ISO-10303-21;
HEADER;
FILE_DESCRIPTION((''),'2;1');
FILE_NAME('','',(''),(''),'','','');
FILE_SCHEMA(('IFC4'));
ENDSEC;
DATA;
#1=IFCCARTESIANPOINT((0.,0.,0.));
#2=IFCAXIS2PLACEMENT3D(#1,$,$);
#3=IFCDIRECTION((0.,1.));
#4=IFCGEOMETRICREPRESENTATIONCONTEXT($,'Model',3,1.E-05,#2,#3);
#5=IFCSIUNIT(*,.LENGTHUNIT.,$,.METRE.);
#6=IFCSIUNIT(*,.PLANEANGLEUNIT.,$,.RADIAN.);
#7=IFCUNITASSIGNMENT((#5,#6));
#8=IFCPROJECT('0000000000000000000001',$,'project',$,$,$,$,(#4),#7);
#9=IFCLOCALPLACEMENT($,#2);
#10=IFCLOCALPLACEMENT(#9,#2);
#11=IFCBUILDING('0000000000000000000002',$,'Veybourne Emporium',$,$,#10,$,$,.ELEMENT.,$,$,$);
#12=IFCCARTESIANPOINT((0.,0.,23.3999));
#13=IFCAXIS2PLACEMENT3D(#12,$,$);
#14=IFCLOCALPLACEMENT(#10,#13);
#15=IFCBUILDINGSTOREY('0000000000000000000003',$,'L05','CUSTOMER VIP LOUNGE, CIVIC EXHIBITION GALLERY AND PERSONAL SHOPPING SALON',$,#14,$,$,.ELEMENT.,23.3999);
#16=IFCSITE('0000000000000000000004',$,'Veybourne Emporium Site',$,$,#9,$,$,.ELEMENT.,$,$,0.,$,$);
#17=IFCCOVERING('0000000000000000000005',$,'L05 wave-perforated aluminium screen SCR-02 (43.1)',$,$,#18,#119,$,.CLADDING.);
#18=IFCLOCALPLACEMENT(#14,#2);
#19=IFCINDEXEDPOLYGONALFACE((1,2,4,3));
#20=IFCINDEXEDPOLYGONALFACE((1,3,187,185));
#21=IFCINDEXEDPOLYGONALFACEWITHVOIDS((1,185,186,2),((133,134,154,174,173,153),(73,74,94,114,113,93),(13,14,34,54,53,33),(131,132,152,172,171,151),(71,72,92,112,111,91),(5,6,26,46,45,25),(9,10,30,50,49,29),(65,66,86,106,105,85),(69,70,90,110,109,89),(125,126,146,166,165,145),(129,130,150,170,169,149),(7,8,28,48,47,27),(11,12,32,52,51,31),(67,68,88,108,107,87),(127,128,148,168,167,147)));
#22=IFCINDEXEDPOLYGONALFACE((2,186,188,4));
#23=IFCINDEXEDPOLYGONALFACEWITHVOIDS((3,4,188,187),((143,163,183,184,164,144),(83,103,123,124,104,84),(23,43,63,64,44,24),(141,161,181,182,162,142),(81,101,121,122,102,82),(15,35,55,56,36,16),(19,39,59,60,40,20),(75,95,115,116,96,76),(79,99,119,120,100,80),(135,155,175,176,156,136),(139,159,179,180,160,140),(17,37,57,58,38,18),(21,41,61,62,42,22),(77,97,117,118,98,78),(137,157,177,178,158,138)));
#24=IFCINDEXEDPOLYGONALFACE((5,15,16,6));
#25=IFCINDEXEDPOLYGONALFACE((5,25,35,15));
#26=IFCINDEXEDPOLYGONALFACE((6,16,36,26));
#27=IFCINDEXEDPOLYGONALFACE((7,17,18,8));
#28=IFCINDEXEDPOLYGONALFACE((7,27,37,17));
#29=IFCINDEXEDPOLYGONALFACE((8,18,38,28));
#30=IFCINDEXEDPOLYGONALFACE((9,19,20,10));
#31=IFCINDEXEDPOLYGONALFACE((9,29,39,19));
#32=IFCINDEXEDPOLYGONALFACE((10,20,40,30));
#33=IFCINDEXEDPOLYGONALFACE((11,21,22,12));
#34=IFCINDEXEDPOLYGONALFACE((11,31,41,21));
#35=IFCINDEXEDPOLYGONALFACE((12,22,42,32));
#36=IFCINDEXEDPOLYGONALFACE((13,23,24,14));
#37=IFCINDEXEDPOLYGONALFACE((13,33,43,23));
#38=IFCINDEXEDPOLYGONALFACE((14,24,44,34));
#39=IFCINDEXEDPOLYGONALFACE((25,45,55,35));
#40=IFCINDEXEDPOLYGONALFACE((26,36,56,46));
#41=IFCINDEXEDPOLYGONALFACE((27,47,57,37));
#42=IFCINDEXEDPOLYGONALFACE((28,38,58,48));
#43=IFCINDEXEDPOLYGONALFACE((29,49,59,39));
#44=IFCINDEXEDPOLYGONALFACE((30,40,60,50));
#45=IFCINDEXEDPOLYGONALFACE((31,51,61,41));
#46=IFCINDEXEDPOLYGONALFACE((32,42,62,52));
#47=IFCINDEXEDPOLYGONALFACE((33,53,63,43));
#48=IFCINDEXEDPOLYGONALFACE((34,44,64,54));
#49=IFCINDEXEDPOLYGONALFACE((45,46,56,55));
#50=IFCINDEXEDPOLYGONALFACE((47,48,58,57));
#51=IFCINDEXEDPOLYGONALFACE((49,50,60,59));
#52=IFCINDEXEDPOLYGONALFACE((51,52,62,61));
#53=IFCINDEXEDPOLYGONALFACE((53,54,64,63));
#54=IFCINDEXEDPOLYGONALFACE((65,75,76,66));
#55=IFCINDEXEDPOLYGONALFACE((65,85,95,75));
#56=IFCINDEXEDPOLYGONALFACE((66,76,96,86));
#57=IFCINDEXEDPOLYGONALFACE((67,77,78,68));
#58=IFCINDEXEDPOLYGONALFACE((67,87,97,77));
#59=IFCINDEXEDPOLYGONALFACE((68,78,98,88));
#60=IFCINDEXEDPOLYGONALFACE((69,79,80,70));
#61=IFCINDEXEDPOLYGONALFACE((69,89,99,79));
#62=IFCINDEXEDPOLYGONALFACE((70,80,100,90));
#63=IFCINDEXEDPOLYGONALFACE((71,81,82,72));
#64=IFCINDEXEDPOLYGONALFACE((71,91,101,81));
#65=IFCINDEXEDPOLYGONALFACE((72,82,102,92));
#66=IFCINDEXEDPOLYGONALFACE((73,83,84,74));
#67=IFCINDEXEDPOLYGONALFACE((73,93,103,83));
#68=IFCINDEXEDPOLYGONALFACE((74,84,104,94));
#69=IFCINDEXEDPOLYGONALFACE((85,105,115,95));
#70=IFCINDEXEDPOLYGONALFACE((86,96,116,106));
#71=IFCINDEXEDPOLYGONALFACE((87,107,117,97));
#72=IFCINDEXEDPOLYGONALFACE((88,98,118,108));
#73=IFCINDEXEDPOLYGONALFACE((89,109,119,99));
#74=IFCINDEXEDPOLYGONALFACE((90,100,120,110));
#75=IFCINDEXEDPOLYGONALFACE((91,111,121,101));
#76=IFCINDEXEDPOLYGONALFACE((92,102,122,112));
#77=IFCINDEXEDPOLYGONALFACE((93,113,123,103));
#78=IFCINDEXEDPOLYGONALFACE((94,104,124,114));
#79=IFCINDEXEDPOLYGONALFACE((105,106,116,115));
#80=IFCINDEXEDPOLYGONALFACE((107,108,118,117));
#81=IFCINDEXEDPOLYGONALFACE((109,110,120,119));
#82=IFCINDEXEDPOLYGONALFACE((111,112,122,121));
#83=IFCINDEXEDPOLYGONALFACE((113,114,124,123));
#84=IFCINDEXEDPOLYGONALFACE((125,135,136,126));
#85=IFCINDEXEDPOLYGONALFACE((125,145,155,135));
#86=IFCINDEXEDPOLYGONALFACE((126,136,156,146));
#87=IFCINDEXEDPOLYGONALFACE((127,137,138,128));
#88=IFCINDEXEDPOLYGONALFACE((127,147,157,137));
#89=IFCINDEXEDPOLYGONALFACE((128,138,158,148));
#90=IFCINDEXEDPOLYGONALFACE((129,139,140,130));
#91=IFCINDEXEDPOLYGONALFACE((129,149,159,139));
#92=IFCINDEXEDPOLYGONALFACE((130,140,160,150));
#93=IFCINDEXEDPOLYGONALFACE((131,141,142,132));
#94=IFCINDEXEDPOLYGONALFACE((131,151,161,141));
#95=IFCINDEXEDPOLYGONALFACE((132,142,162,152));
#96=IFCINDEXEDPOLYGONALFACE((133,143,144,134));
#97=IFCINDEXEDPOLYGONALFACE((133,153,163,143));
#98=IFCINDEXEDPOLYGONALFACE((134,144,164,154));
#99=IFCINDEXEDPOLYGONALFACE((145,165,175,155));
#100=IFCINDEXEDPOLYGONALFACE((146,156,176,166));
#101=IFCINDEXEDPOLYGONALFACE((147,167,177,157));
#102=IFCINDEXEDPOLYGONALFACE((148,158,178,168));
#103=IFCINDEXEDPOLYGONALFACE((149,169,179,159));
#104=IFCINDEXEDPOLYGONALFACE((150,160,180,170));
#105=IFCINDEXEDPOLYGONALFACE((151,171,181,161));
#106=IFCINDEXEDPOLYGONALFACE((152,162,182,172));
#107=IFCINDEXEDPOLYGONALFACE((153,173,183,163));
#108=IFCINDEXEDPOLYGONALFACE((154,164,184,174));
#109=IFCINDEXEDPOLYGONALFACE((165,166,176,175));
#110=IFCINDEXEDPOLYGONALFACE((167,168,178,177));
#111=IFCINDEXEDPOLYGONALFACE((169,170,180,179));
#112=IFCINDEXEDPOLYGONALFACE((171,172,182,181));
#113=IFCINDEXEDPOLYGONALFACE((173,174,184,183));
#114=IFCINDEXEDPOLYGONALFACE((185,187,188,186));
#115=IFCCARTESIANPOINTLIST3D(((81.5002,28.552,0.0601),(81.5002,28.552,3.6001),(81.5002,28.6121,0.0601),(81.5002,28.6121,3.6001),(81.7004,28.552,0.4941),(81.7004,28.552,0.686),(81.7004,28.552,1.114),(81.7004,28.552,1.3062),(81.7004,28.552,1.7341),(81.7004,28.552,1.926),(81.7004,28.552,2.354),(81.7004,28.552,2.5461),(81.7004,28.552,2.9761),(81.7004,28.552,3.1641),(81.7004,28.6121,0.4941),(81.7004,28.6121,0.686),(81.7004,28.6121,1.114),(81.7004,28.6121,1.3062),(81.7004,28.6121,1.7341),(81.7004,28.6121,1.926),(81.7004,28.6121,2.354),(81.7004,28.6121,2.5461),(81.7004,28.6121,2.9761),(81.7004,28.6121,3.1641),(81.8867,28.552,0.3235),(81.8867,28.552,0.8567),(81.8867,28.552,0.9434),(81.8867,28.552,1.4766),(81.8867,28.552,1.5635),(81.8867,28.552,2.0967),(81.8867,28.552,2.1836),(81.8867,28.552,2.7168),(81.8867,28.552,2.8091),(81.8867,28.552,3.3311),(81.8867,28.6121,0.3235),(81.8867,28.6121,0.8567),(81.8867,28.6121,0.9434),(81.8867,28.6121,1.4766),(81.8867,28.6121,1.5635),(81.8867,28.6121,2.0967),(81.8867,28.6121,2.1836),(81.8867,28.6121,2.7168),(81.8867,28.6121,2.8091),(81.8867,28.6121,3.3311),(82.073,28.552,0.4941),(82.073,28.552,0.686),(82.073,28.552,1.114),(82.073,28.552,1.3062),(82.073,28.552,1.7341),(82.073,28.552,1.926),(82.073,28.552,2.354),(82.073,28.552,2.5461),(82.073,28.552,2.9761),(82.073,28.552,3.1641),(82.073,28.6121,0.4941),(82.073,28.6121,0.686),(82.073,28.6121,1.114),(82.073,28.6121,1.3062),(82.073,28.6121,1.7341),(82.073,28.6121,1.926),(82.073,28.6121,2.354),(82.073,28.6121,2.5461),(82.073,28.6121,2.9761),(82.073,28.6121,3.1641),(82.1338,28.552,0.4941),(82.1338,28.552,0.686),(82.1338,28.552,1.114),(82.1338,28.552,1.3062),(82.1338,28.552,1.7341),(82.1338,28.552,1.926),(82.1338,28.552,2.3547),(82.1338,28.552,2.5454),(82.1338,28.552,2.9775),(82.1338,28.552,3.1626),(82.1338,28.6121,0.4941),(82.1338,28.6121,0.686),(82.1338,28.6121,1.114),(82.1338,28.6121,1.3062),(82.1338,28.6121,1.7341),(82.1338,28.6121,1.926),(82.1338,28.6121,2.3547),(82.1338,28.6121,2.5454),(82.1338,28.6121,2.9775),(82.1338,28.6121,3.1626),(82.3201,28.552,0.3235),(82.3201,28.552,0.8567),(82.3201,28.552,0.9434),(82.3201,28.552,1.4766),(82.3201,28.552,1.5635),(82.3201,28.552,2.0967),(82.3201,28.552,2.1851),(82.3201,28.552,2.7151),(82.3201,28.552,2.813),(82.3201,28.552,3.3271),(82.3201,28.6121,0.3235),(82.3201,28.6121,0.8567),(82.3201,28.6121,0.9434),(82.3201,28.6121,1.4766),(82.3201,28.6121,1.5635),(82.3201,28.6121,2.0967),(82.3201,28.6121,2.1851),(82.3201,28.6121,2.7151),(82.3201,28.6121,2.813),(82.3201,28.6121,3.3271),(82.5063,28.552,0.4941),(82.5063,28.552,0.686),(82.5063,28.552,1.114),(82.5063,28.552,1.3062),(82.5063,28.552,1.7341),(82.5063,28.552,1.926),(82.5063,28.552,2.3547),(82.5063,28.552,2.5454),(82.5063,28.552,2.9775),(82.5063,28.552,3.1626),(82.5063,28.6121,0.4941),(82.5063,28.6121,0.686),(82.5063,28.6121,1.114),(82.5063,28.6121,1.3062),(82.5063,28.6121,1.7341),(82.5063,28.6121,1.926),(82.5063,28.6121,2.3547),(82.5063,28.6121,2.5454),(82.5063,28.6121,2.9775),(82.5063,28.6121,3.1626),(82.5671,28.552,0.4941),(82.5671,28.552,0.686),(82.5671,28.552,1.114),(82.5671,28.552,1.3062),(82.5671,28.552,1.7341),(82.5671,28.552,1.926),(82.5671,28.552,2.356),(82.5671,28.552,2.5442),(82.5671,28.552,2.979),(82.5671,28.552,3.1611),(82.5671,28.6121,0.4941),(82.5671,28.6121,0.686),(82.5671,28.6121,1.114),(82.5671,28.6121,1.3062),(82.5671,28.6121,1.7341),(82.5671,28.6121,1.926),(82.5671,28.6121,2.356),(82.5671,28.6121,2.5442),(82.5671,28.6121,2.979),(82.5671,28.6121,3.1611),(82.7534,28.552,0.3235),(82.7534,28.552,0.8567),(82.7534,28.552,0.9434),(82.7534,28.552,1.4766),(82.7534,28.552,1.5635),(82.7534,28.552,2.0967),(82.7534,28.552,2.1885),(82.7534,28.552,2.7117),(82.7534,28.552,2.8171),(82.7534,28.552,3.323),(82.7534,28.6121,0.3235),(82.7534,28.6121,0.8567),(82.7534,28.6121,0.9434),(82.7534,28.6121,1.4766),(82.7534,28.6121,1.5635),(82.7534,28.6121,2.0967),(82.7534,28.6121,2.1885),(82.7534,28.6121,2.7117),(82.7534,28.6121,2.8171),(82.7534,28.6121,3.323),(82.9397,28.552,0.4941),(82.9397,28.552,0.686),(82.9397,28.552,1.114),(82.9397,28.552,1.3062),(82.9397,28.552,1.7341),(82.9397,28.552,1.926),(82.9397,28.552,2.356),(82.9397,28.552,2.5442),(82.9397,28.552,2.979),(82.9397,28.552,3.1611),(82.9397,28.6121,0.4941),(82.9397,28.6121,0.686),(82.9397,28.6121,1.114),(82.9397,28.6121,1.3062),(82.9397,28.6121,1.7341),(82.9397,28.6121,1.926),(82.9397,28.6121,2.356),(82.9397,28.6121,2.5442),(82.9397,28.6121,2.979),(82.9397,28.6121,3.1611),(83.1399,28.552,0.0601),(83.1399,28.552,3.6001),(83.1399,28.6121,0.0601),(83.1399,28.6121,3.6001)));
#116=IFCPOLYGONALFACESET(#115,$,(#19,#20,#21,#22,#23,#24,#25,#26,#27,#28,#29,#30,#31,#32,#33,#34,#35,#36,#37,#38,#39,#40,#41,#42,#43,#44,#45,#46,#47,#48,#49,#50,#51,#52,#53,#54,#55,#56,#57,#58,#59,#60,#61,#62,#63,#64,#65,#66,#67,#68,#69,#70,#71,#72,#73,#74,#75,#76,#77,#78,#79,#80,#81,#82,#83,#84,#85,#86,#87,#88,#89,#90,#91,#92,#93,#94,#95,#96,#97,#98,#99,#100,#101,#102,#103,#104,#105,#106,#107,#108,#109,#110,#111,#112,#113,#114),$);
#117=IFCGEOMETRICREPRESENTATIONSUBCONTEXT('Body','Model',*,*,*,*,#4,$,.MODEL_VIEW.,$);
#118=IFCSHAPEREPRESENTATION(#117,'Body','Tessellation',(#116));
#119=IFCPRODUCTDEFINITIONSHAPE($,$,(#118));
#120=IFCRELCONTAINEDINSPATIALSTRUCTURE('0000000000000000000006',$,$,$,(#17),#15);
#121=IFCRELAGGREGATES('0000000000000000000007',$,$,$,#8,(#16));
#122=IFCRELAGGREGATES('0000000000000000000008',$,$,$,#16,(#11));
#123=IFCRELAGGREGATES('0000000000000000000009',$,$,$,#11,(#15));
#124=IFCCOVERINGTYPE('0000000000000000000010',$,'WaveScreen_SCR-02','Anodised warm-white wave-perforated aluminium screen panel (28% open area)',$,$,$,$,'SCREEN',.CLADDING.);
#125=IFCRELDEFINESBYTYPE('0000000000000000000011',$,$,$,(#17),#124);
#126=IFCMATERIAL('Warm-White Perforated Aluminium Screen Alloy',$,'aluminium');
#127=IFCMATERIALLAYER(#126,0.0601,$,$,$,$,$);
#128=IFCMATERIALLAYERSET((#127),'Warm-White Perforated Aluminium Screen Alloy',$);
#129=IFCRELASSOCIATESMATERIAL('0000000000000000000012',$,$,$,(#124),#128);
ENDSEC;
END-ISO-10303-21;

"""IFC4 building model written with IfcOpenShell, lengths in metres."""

from ifc_helpers import new_model, si_unit, direction, frame, origin, place, context, subcontext, project, spatial, polyline, outline, extrude, material, layer, layer_set, type_object, element, save


model = new_model("IFC4")

# Units and contexts
model_context = context("Model", 3, precision=1e-05, world=origin(), true_north=direction((0.0, 1.0)))
body_context = subcontext(model_context, "Body", "Model", "MODEL_VIEW")
ifc_project = project(units=[si_unit("LENGTHUNIT", "METRE"), si_unit("PLANEANGLEUNIT", "RADIAN")], contexts=[model_context])

# Site, building, storey
site_placement = place(None, origin())
site = spatial("IfcSite", under=ifc_project, at=site_placement, Name="Veybourne Emporium Site", CompositionType="ELEMENT", RefElevation=0.0)
building_placement = place(site_placement, origin())
building = spatial("IfcBuilding", under=site, at=building_placement, Name="Veybourne Emporium", CompositionType="ELEMENT")
storey_placement = place(building_placement, frame((0.0, 0.0, 23.3999)))
storey = spatial("IfcBuildingStorey", under=building, at=storey_placement, Name="L05", Description="CUSTOMER VIP LOUNGE, CIVIC EXHIBITION GALLERY AND PERSONAL SHOPPING SALON", CompositionType="ELEMENT", Elevation=23.3999)

# Covering
ifc_material_1 = material(Name="Warm-White Perforated Aluminium Screen Alloy", Category="aluminium")
ifc_layer_1 = layer(ifc_material_1, 0.0601)
ifc_layer_set_1 = layer_set([ifc_layer_1], Name="Warm-White Perforated Aluminium Screen Alloy")
covering_type_1 = type_object("IfcCoveringType", Name="WaveScreen_SCR-02", Description="Anodised warm-white wave-perforated aluminium screen panel (28% open area)", ElementType="SCREEN", PredefinedType="CLADDING", material=ifc_layer_set_1)
covering_1_placement = place(storey_placement, frame((82.3201, 28.552, 1.8301), z_axis=(0.0, 1.0, 0.0), x_axis=(-1.0, 0.0, 0.0)))
element("IfcCovering", 1, at=covering_1_placement, inside=storey, type_object=covering_type_1, Name="L05 wave-perforated aluminium screen SCR-02 (43.1)", PredefinedType="CLADDING", context=body_context, shape_type="SweptSolid", body=[
    extrude(outline(polyline([(-0.8198, -1.77), (0.8198, -1.77), (0.8198, 1.77), (-0.8198, 1.77), (-0.8198, -1.77)]), holes=[polyline([(-0.4333, -0.9734), (-0.2471, -1.144), (-0.2471, -1.3359), (-0.4333, -1.5066), (-0.6196, -1.3359), (-0.6196, -1.144), (-0.4333, -0.9734)]), polyline([(-0.4333, -0.3535), (-0.2471, -0.5239), (-0.2471, -0.7161), (-0.4333, -0.8867), (-0.6196, -0.7161), (-0.6196, -0.5239), (-0.4333, -0.3535)]), polyline([(-0.4333, 0.2666), (-0.2471, 0.0959), (-0.2471, -0.0959), (-0.4333, -0.2666), (-0.6196, -0.0959), (-0.6196, 0.0959), (-0.4333, 0.2666)]), polyline([(-0.4333, 0.8816), (-0.2471, 0.7141), (-0.2471, 0.5259), (-0.4333, 0.3584), (-0.6196, 0.5259), (-0.6196, 0.7141), (-0.4333, 0.8816)]), polyline([(-0.4333, 1.4929), (-0.2471, 1.3311), (-0.2471, 1.1489), (-0.4333, 0.9871), (-0.6196, 1.1489), (-0.6196, 1.3311), (-0.4333, 1.4929)]), polyline([(0.0, -0.9734), (0.1863, -1.144), (0.1863, -1.3359), (0.0, -1.5066), (-0.1863, -1.3359), (-0.1863, -1.144), (0.0, -0.9734)]), polyline([(0.0, -0.3535), (0.1863, -0.5239), (0.1863, -0.7161), (0.0, -0.8867), (-0.1863, -0.7161), (-0.1863, -0.5239), (0.0, -0.3535)]), polyline([(0.0, 0.2666), (0.1863, 0.0959), (0.1863, -0.0959), (0.0, -0.2666), (-0.1863, -0.0959), (-0.1863, 0.0959), (0.0, 0.2666)]), polyline([(0.0, 0.885), (0.1863, 0.7153), (0.1863, 0.5247), (0.0, 0.355), (-0.1863, 0.5247), (-0.1863, 0.7153), (0.0, 0.885)]), polyline([(0.0, 1.4971), (0.1863, 1.3325), (0.1863, 1.1475), (0.0, 0.9829), (-0.1863, 1.1475), (-0.1863, 1.3325), (0.0, 1.4971)]), polyline([(0.4333, -0.9734), (0.6196, -1.144), (0.6196, -1.3359), (0.4333, -1.5066), (0.2471, -1.3359), (0.2471, -1.144), (0.4333, -0.9734)]), polyline([(0.4333, -0.3535), (0.6196, -0.5239), (0.6196, -0.7161), (0.4333, -0.8867), (0.2471, -0.7161), (0.2471, -0.5239), (0.4333, -0.3535)]), polyline([(0.4333, 0.2666), (0.6196, 0.0959), (0.6196, -0.0959), (0.4333, -0.2666), (0.2471, -0.0959), (0.2471, 0.0959), (0.4333, 0.2666)]), polyline([(0.4333, 0.8867), (0.6196, 0.7161), (0.6196, 0.5239), (0.4333, 0.3535), (0.2471, 0.5239), (0.2471, 0.7161), (0.4333, 0.8867)]), polyline([(0.4333, 1.501), (0.6196, 1.334), (0.6196, 1.146), (0.4333, 0.979), (0.2471, 1.146), (0.2471, 1.334), (0.4333, 1.501)])]), origin(), (0.0, 0.0, 1.0), 0.0601),
])

save(model, "model.ifc")
